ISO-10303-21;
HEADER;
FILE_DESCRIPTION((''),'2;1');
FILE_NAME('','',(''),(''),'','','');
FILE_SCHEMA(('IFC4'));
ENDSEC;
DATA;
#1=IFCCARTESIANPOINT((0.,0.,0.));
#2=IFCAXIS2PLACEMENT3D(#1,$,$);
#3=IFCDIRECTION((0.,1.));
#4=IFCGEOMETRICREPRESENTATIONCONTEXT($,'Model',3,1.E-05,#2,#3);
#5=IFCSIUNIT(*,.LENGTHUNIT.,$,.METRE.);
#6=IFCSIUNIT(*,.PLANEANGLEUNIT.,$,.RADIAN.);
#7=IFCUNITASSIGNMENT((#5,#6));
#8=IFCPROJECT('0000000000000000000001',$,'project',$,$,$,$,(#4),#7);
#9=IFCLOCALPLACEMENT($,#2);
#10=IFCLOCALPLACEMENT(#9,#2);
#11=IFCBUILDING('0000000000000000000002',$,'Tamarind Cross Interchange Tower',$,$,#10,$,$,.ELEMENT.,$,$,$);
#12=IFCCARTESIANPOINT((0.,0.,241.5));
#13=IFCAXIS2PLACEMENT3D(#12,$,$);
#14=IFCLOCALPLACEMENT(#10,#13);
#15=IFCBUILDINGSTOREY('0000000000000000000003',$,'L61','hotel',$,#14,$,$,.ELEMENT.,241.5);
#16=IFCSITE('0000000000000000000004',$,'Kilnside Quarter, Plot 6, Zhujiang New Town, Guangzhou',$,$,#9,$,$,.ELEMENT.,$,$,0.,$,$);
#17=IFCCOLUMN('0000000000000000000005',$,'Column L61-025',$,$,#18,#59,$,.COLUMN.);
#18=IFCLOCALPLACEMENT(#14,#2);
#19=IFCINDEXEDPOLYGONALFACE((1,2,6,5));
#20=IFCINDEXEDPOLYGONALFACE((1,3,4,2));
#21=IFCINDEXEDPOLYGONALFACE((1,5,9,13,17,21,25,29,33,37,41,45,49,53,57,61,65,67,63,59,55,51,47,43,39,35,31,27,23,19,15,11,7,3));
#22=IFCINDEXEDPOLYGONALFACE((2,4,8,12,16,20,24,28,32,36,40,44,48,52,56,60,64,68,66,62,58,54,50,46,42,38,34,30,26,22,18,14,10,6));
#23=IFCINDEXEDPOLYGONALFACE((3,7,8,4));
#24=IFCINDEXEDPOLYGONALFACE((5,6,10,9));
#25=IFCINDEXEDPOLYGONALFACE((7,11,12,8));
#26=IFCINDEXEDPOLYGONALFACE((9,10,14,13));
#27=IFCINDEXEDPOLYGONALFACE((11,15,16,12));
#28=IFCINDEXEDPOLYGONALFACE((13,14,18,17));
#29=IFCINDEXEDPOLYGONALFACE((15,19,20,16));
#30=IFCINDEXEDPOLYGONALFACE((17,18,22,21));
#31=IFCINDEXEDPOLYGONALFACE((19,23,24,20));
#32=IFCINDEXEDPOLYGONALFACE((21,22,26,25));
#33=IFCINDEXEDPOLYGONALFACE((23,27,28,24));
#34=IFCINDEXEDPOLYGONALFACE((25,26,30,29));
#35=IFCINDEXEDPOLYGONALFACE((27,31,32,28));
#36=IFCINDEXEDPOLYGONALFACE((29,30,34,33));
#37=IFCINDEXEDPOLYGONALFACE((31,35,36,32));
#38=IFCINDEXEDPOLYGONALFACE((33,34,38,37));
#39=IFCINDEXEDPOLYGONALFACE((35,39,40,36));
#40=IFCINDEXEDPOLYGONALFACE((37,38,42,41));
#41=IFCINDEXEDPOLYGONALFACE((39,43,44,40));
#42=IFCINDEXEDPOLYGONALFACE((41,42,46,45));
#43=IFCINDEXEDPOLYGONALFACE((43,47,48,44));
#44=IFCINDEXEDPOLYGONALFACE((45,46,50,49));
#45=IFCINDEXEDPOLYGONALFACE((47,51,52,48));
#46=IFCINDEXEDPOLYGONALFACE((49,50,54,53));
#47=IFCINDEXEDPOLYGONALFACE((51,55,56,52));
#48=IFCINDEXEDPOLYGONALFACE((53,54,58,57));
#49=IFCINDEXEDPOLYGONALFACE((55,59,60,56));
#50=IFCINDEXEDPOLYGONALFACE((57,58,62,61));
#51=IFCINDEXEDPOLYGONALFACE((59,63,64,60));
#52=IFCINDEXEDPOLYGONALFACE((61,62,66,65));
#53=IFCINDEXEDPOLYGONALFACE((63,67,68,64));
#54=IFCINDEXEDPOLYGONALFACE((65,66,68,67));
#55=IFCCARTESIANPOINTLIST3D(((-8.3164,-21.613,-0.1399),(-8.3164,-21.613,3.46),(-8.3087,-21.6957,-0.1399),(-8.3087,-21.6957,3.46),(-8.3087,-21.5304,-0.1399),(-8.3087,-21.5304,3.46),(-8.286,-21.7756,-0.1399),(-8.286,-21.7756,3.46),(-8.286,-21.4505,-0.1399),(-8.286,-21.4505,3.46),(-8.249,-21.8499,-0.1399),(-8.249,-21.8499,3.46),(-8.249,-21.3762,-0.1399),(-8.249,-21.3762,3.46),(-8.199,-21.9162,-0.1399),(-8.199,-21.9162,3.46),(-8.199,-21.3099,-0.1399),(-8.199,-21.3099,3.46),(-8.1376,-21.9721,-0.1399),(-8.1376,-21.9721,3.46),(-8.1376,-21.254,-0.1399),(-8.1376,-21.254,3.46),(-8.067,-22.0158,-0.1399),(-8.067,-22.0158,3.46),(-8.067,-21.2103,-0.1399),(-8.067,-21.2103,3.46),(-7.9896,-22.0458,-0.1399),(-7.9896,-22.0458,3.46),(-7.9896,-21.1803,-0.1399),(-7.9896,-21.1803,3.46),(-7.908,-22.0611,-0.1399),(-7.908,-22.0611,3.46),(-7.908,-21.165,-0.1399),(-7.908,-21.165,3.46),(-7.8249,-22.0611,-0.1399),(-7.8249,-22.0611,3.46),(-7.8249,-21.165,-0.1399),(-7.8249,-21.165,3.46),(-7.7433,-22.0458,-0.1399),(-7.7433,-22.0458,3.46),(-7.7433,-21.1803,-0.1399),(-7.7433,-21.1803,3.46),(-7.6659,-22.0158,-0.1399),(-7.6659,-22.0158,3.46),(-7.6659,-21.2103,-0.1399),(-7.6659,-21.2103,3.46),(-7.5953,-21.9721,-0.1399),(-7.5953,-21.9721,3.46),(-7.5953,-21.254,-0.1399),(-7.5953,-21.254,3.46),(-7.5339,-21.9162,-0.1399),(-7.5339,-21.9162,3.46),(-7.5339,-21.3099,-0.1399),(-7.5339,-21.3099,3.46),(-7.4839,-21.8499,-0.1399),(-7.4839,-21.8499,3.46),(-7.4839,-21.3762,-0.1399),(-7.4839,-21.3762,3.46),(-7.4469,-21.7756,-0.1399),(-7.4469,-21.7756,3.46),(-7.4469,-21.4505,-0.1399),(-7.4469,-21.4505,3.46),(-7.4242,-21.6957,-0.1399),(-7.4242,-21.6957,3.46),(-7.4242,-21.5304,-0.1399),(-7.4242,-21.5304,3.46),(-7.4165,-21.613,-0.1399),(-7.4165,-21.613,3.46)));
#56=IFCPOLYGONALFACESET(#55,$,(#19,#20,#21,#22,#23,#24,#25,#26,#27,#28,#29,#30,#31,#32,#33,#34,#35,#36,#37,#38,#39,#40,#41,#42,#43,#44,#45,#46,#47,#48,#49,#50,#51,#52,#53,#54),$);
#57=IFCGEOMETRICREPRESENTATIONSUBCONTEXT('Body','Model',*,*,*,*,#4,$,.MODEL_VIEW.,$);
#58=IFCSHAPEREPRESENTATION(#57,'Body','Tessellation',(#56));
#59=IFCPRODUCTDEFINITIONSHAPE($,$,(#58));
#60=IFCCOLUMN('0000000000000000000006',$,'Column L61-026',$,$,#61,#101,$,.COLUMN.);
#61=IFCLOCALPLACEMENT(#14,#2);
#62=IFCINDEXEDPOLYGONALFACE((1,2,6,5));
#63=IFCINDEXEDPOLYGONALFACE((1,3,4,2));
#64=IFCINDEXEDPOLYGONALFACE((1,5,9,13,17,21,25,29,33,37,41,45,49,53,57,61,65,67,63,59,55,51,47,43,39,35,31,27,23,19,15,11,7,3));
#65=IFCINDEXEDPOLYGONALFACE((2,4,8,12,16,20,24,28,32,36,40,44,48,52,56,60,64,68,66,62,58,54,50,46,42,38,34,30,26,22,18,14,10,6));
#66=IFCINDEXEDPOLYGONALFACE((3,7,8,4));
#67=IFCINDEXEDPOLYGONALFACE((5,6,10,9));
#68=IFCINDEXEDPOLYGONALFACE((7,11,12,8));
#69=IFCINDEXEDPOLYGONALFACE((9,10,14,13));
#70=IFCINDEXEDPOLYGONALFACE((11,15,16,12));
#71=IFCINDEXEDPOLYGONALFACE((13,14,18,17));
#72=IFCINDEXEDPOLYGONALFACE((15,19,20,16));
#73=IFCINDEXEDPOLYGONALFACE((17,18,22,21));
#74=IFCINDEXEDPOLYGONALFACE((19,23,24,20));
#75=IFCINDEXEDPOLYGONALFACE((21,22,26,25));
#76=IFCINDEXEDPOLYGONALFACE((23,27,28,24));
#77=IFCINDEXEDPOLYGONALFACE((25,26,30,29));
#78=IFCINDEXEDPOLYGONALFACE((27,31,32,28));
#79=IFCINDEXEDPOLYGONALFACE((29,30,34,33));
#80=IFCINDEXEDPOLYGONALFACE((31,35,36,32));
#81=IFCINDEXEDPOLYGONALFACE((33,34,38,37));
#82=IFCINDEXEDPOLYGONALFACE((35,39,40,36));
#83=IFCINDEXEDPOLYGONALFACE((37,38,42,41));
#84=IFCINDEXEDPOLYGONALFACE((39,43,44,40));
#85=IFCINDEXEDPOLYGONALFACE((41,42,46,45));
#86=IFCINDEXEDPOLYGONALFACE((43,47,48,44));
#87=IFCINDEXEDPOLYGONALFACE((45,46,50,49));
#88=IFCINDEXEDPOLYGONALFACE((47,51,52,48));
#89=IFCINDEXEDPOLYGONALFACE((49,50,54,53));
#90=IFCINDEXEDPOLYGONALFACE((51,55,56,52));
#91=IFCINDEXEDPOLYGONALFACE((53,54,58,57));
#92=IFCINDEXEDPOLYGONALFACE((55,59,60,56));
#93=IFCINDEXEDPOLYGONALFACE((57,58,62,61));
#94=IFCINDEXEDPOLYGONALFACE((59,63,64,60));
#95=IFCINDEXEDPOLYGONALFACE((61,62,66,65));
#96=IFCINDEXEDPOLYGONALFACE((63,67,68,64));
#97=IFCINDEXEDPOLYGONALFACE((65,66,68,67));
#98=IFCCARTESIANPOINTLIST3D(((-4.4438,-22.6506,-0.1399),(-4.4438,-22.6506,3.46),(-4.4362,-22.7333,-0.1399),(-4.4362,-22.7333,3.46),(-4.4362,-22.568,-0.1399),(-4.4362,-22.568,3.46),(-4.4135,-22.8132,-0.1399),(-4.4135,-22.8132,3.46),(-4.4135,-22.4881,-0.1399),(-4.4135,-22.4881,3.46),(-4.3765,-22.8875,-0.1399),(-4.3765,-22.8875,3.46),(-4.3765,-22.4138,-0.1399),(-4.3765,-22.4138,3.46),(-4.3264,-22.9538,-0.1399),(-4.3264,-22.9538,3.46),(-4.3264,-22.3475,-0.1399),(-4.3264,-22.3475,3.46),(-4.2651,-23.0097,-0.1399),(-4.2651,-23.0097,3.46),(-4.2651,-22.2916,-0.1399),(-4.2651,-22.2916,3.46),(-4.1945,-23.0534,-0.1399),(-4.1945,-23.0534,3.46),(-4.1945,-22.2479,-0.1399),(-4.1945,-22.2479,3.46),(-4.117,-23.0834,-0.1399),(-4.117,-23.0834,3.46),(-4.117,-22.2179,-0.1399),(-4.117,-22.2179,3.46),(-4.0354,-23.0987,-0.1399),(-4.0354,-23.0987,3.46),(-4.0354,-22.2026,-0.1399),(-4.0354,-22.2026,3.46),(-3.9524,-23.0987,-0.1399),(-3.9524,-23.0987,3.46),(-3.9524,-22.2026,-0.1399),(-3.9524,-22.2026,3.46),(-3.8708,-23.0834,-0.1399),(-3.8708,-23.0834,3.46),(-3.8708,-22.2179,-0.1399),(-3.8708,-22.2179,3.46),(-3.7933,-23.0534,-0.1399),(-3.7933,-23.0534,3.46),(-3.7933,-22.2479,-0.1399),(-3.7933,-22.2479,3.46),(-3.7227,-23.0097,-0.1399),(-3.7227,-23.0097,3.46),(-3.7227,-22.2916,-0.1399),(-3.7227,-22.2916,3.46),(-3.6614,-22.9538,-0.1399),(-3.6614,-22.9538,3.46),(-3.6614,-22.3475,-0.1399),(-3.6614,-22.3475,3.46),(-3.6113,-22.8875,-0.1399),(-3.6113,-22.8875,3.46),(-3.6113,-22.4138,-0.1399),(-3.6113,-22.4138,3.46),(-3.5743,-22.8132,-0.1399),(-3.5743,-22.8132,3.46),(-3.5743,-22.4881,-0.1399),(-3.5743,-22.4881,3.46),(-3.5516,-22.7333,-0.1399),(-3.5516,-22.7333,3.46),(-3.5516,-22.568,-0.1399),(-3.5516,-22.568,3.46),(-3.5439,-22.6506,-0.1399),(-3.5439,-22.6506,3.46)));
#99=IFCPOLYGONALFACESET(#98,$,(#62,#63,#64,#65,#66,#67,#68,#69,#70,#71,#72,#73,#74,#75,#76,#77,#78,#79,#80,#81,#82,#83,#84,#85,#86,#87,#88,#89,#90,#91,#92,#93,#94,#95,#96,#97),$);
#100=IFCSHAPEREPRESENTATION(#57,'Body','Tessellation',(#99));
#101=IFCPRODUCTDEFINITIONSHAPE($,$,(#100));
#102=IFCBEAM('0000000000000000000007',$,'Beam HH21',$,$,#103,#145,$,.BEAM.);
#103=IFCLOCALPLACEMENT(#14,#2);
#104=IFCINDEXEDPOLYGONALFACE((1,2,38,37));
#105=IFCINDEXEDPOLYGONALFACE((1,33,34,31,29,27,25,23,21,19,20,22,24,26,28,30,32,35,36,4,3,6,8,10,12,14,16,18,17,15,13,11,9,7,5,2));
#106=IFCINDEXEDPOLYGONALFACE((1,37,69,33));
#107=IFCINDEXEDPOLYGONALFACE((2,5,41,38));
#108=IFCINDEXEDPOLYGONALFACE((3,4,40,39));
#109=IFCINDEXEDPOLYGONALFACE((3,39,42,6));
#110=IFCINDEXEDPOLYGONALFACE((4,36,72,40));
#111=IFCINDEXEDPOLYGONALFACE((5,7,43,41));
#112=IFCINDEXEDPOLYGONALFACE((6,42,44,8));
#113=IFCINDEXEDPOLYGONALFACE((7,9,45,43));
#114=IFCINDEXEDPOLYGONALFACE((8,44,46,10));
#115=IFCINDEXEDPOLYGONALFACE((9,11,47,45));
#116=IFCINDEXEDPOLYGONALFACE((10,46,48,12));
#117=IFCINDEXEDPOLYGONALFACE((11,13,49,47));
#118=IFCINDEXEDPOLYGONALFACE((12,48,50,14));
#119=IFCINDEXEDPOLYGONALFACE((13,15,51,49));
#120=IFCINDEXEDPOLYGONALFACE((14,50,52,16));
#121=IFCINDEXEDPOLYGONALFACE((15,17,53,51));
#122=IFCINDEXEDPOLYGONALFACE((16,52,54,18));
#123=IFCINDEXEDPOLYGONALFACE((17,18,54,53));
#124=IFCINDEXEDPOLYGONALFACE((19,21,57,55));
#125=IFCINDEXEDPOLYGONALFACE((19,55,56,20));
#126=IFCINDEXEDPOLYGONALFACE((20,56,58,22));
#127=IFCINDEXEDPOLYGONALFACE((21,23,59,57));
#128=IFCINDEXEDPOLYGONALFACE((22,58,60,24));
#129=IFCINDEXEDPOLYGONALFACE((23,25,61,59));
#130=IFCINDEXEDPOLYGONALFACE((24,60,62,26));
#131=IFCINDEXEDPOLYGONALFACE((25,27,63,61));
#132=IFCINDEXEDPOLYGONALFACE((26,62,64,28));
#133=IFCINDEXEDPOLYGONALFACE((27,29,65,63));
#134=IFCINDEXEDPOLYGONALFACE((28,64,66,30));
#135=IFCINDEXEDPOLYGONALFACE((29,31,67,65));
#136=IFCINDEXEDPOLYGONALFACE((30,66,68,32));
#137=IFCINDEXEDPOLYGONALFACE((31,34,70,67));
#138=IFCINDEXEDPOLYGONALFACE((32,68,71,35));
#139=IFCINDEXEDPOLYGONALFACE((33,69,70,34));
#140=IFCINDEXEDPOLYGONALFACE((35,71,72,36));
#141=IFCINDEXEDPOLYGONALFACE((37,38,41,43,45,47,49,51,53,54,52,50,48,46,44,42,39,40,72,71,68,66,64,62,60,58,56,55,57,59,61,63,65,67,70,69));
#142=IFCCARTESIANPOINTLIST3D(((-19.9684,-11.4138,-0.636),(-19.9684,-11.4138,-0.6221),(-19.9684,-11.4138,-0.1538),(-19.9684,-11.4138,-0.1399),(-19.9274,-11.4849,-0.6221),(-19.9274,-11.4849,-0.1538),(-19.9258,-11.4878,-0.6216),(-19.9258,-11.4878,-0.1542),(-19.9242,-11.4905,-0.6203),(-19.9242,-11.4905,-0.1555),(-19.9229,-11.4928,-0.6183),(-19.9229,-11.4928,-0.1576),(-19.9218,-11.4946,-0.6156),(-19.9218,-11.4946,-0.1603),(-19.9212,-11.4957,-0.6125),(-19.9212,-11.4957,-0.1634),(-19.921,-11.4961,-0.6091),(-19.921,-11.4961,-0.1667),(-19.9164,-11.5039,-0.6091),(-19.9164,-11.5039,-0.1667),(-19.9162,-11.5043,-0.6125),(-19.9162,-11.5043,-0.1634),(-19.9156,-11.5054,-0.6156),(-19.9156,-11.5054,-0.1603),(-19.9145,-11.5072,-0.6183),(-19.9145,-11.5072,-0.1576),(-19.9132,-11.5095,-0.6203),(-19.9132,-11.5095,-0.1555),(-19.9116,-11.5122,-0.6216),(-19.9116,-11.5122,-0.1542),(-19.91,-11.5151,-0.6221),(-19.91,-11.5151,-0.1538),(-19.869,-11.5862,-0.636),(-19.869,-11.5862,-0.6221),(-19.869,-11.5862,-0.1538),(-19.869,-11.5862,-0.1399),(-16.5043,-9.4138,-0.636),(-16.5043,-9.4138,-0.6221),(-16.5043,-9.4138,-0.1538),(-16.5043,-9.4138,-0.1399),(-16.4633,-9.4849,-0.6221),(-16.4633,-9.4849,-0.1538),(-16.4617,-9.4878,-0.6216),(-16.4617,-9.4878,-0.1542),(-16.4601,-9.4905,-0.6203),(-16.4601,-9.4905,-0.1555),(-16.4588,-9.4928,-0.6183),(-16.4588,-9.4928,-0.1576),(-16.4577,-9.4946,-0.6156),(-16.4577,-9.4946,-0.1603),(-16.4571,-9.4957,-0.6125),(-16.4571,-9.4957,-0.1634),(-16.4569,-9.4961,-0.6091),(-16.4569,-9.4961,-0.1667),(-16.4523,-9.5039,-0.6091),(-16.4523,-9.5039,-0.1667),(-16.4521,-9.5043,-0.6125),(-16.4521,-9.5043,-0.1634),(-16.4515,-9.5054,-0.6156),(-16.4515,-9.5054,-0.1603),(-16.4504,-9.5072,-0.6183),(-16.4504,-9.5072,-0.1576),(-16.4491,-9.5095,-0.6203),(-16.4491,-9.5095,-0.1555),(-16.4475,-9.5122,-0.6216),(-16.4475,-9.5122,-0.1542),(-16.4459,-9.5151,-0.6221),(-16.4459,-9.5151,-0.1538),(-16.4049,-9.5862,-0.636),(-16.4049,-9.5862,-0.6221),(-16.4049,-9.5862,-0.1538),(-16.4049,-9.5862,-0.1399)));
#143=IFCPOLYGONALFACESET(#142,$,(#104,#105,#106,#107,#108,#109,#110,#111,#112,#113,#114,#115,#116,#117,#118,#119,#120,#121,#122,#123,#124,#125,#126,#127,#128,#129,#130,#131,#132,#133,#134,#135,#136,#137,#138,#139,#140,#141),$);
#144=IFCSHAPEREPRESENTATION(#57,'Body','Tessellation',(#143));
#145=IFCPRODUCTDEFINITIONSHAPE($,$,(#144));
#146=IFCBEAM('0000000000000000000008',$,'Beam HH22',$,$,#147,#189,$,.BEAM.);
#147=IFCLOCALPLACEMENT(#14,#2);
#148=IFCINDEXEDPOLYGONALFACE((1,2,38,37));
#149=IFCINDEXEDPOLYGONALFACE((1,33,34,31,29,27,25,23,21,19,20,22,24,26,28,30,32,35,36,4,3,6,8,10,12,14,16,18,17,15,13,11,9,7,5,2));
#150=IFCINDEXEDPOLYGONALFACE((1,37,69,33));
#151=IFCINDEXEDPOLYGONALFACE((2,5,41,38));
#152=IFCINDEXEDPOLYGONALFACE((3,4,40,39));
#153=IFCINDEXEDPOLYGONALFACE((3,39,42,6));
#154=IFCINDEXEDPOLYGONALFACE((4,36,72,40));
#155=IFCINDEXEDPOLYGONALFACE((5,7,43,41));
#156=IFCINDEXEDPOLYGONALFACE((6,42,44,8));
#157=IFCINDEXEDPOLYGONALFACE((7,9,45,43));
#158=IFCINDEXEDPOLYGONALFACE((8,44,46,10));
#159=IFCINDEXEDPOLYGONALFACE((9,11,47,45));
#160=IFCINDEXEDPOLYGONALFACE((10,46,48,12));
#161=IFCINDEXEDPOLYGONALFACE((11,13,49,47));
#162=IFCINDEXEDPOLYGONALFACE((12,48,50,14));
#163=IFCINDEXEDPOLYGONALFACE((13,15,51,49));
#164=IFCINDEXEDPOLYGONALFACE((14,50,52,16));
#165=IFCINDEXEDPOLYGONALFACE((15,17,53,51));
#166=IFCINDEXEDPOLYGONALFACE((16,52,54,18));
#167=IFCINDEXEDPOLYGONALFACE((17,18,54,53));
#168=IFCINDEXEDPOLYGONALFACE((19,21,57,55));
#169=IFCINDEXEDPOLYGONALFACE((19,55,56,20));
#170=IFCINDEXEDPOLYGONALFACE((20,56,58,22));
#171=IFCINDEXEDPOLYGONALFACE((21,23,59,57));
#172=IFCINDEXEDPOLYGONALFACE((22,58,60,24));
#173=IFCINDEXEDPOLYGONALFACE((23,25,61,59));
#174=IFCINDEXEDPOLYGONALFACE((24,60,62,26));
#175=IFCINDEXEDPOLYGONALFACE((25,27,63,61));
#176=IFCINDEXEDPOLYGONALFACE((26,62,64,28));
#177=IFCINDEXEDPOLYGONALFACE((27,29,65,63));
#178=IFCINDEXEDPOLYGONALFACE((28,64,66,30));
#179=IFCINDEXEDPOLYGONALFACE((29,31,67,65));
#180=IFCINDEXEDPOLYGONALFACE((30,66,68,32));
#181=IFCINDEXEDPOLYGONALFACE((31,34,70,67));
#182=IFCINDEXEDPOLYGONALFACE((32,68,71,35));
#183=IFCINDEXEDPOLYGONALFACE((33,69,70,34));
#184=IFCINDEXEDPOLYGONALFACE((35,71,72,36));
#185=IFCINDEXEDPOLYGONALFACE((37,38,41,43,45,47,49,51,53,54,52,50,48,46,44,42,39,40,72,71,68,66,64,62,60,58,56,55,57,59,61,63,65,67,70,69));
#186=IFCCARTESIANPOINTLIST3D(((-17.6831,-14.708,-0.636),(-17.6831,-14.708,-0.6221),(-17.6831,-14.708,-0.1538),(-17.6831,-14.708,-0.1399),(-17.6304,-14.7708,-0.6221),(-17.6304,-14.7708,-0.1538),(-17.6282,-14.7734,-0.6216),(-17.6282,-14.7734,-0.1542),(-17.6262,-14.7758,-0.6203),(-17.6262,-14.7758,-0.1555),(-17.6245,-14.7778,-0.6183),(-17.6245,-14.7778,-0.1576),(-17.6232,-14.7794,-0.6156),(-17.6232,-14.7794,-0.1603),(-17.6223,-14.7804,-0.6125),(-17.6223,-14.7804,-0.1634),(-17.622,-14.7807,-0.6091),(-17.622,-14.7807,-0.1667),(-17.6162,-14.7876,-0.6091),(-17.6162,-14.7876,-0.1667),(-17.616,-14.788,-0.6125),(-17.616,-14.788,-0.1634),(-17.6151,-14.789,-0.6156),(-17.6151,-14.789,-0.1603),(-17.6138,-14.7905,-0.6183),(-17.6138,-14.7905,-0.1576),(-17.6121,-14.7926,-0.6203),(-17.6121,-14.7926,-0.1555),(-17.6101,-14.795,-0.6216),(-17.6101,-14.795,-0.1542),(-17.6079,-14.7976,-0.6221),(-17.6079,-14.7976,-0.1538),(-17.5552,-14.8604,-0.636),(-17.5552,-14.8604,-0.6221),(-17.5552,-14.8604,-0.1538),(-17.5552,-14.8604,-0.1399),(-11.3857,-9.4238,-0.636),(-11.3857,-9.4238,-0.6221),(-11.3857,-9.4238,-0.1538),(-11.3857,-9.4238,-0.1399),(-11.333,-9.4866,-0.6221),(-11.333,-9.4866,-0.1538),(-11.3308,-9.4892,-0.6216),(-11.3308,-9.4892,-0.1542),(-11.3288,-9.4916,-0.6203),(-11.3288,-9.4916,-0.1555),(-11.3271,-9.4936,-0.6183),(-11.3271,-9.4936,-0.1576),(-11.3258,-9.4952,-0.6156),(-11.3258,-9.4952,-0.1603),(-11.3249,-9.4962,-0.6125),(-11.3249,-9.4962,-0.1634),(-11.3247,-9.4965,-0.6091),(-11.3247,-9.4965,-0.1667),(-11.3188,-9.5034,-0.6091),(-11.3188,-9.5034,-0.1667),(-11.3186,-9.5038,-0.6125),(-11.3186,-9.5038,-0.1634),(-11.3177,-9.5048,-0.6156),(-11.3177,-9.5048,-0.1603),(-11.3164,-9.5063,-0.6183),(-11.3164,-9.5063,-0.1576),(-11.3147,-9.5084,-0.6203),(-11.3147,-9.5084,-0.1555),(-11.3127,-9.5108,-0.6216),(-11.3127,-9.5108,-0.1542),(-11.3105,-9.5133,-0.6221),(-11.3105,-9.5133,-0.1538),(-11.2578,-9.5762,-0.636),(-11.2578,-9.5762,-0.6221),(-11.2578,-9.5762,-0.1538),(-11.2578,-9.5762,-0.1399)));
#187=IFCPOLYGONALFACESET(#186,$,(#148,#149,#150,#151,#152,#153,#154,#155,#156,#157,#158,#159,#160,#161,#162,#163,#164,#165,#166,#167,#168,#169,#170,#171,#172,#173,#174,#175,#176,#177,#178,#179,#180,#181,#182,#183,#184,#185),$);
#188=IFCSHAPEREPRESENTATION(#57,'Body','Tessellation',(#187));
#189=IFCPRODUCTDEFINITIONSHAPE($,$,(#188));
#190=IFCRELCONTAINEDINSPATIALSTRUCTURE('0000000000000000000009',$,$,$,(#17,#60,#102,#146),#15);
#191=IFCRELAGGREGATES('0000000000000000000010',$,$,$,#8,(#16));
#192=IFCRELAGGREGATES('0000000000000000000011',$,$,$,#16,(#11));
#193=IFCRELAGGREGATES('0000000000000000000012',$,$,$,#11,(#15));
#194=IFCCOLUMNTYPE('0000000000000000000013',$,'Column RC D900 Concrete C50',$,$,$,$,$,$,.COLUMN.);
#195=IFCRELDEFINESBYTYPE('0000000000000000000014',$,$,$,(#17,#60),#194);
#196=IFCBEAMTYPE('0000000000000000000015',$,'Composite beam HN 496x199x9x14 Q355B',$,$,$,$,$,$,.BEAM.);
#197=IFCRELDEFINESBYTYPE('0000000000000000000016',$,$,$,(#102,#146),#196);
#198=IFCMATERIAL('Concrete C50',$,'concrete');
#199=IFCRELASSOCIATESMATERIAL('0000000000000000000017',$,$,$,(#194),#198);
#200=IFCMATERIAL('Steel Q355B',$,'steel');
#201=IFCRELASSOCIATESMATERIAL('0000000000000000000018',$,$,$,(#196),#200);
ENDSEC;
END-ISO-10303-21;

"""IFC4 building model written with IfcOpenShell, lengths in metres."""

from ifc_helpers import new_model, si_unit, direction, frame, origin, origin_2d, place, context, subcontext, project, spatial, circle, i_section, extrude, material, material_profile, profile_set, type_object, element, save


model = new_model("IFC4")

# Units and contexts
model_context = context("Model", 3, precision=1e-05, world=origin(), true_north=direction((0.0, 1.0)))
body_context = subcontext(model_context, "Body", "Model", "MODEL_VIEW")
ifc_project = project(units=[si_unit("LENGTHUNIT", "METRE"), si_unit("PLANEANGLEUNIT", "RADIAN")], contexts=[model_context])

# Site, building, storey
site_placement = place(None, origin())
site = spatial("IfcSite", under=ifc_project, at=site_placement, Name="Kilnside Quarter, Plot 6, Zhujiang New Town, Guangzhou", CompositionType="ELEMENT", RefElevation=0.0)
building_placement = place(site_placement, origin())
building = spatial("IfcBuilding", under=site, at=building_placement, Name="Tamarind Cross Interchange Tower", CompositionType="ELEMENT")
storey_placement = place(building_placement, frame((0.0, 0.0, 241.5)))
storey = spatial("IfcBuildingStorey", under=building, at=storey_placement, Name="L61", Description="hotel", CompositionType="ELEMENT", Elevation=241.5)

# Columns
ifc_material_1 = material(Name="Concrete C50", Category="concrete")
ifc_material_profile_1 = material_profile(ifc_material_1, circle(Radius=0.45, at=origin_2d()), Name="RC D900")
ifc_profile_set_1 = profile_set([ifc_material_profile_1], Name="Concrete C50")
column_type = type_object("IfcColumnType", Name="Column RC D900 Concrete C50", PredefinedType="COLUMN", material=ifc_profile_set_1)
for number, where, z_axis, x_axis, name in (
    (1, (-7.8665, -21.613, -0.1399), (0.0, 0.0, 1.0), (1.0, 0.0, 0.0), "Column L61-025"),
    (2, (-3.9939, -22.6506, -0.1399), (0.0, 0.0, 1.0), (1.0, 0.0, 0.0), "Column L61-026"),
):
    element("IfcColumn", number, at=place(storey_placement, frame(where, z_axis=z_axis, x_axis=x_axis)), inside=storey, type_object=column_type, Name=name, PredefinedType="COLUMN", context=body_context, shape_type="SweptSolid", body=[
        extrude(circle(Radius=0.45, at=origin_2d()), origin(), (0.0, 0.0, 1.0), 3.5999),
    ])

# Beams
ifc_material_2 = material(Name="Steel Q355B", Category="steel")
ifc_material_profile_2 = material_profile(ifc_material_2, i_section(OverallWidth=0.199, OverallDepth=0.4961, WebThickness=0.009, FlangeThickness=0.0139, FilletRadius=0.0129, at=origin_2d()), Name="HN 496x199x9x14")
ifc_profile_set_2 = profile_set([ifc_material_profile_2], Name="Steel Q355B")
beam_type = type_object("IfcBeamType", Name="Composite beam HN 496x199x9x14 Q355B", PredefinedType="BEAM", material=ifc_profile_set_2)
beam_1_placement = place(storey_placement, frame((-19.9187, -11.5, -0.3879), z_axis=(0.866026, 0.499999, 0.0), x_axis=(-0.499999, 0.866026, 0.0)))
element("IfcBeam", 3, at=beam_1_placement, inside=storey, type_object=beam_type, Name="Beam HH21", PredefinedType="BEAM", context=body_context, shape_type="SweptSolid", body=[
    extrude(i_section(OverallWidth=0.199, OverallDepth=0.4961, WebThickness=0.009, FlangeThickness=0.0139, FilletRadius=0.0129, at=origin_2d()), origin(), (0.0, 0.0, 1.0), 4.0),
])
beam_2_placement = place(storey_placement, frame((-17.6191, -14.7842, -0.3879), z_axis=(0.766041, 0.642792, 0.0), x_axis=(-0.642792, 0.766041, 0.0)))
element("IfcBeam", 4, at=beam_2_placement, inside=storey, type_object=beam_type, Name="Beam HH22", PredefinedType="BEAM", context=body_context, shape_type="SweptSolid", body=[
    extrude(i_section(OverallWidth=0.199, OverallDepth=0.4961, WebThickness=0.009, FlangeThickness=0.0139, FilletRadius=0.0129, at=origin_2d()), origin(), (0.0, 0.0, 1.0), 8.2207),
])

save(model, "model.ifc")
